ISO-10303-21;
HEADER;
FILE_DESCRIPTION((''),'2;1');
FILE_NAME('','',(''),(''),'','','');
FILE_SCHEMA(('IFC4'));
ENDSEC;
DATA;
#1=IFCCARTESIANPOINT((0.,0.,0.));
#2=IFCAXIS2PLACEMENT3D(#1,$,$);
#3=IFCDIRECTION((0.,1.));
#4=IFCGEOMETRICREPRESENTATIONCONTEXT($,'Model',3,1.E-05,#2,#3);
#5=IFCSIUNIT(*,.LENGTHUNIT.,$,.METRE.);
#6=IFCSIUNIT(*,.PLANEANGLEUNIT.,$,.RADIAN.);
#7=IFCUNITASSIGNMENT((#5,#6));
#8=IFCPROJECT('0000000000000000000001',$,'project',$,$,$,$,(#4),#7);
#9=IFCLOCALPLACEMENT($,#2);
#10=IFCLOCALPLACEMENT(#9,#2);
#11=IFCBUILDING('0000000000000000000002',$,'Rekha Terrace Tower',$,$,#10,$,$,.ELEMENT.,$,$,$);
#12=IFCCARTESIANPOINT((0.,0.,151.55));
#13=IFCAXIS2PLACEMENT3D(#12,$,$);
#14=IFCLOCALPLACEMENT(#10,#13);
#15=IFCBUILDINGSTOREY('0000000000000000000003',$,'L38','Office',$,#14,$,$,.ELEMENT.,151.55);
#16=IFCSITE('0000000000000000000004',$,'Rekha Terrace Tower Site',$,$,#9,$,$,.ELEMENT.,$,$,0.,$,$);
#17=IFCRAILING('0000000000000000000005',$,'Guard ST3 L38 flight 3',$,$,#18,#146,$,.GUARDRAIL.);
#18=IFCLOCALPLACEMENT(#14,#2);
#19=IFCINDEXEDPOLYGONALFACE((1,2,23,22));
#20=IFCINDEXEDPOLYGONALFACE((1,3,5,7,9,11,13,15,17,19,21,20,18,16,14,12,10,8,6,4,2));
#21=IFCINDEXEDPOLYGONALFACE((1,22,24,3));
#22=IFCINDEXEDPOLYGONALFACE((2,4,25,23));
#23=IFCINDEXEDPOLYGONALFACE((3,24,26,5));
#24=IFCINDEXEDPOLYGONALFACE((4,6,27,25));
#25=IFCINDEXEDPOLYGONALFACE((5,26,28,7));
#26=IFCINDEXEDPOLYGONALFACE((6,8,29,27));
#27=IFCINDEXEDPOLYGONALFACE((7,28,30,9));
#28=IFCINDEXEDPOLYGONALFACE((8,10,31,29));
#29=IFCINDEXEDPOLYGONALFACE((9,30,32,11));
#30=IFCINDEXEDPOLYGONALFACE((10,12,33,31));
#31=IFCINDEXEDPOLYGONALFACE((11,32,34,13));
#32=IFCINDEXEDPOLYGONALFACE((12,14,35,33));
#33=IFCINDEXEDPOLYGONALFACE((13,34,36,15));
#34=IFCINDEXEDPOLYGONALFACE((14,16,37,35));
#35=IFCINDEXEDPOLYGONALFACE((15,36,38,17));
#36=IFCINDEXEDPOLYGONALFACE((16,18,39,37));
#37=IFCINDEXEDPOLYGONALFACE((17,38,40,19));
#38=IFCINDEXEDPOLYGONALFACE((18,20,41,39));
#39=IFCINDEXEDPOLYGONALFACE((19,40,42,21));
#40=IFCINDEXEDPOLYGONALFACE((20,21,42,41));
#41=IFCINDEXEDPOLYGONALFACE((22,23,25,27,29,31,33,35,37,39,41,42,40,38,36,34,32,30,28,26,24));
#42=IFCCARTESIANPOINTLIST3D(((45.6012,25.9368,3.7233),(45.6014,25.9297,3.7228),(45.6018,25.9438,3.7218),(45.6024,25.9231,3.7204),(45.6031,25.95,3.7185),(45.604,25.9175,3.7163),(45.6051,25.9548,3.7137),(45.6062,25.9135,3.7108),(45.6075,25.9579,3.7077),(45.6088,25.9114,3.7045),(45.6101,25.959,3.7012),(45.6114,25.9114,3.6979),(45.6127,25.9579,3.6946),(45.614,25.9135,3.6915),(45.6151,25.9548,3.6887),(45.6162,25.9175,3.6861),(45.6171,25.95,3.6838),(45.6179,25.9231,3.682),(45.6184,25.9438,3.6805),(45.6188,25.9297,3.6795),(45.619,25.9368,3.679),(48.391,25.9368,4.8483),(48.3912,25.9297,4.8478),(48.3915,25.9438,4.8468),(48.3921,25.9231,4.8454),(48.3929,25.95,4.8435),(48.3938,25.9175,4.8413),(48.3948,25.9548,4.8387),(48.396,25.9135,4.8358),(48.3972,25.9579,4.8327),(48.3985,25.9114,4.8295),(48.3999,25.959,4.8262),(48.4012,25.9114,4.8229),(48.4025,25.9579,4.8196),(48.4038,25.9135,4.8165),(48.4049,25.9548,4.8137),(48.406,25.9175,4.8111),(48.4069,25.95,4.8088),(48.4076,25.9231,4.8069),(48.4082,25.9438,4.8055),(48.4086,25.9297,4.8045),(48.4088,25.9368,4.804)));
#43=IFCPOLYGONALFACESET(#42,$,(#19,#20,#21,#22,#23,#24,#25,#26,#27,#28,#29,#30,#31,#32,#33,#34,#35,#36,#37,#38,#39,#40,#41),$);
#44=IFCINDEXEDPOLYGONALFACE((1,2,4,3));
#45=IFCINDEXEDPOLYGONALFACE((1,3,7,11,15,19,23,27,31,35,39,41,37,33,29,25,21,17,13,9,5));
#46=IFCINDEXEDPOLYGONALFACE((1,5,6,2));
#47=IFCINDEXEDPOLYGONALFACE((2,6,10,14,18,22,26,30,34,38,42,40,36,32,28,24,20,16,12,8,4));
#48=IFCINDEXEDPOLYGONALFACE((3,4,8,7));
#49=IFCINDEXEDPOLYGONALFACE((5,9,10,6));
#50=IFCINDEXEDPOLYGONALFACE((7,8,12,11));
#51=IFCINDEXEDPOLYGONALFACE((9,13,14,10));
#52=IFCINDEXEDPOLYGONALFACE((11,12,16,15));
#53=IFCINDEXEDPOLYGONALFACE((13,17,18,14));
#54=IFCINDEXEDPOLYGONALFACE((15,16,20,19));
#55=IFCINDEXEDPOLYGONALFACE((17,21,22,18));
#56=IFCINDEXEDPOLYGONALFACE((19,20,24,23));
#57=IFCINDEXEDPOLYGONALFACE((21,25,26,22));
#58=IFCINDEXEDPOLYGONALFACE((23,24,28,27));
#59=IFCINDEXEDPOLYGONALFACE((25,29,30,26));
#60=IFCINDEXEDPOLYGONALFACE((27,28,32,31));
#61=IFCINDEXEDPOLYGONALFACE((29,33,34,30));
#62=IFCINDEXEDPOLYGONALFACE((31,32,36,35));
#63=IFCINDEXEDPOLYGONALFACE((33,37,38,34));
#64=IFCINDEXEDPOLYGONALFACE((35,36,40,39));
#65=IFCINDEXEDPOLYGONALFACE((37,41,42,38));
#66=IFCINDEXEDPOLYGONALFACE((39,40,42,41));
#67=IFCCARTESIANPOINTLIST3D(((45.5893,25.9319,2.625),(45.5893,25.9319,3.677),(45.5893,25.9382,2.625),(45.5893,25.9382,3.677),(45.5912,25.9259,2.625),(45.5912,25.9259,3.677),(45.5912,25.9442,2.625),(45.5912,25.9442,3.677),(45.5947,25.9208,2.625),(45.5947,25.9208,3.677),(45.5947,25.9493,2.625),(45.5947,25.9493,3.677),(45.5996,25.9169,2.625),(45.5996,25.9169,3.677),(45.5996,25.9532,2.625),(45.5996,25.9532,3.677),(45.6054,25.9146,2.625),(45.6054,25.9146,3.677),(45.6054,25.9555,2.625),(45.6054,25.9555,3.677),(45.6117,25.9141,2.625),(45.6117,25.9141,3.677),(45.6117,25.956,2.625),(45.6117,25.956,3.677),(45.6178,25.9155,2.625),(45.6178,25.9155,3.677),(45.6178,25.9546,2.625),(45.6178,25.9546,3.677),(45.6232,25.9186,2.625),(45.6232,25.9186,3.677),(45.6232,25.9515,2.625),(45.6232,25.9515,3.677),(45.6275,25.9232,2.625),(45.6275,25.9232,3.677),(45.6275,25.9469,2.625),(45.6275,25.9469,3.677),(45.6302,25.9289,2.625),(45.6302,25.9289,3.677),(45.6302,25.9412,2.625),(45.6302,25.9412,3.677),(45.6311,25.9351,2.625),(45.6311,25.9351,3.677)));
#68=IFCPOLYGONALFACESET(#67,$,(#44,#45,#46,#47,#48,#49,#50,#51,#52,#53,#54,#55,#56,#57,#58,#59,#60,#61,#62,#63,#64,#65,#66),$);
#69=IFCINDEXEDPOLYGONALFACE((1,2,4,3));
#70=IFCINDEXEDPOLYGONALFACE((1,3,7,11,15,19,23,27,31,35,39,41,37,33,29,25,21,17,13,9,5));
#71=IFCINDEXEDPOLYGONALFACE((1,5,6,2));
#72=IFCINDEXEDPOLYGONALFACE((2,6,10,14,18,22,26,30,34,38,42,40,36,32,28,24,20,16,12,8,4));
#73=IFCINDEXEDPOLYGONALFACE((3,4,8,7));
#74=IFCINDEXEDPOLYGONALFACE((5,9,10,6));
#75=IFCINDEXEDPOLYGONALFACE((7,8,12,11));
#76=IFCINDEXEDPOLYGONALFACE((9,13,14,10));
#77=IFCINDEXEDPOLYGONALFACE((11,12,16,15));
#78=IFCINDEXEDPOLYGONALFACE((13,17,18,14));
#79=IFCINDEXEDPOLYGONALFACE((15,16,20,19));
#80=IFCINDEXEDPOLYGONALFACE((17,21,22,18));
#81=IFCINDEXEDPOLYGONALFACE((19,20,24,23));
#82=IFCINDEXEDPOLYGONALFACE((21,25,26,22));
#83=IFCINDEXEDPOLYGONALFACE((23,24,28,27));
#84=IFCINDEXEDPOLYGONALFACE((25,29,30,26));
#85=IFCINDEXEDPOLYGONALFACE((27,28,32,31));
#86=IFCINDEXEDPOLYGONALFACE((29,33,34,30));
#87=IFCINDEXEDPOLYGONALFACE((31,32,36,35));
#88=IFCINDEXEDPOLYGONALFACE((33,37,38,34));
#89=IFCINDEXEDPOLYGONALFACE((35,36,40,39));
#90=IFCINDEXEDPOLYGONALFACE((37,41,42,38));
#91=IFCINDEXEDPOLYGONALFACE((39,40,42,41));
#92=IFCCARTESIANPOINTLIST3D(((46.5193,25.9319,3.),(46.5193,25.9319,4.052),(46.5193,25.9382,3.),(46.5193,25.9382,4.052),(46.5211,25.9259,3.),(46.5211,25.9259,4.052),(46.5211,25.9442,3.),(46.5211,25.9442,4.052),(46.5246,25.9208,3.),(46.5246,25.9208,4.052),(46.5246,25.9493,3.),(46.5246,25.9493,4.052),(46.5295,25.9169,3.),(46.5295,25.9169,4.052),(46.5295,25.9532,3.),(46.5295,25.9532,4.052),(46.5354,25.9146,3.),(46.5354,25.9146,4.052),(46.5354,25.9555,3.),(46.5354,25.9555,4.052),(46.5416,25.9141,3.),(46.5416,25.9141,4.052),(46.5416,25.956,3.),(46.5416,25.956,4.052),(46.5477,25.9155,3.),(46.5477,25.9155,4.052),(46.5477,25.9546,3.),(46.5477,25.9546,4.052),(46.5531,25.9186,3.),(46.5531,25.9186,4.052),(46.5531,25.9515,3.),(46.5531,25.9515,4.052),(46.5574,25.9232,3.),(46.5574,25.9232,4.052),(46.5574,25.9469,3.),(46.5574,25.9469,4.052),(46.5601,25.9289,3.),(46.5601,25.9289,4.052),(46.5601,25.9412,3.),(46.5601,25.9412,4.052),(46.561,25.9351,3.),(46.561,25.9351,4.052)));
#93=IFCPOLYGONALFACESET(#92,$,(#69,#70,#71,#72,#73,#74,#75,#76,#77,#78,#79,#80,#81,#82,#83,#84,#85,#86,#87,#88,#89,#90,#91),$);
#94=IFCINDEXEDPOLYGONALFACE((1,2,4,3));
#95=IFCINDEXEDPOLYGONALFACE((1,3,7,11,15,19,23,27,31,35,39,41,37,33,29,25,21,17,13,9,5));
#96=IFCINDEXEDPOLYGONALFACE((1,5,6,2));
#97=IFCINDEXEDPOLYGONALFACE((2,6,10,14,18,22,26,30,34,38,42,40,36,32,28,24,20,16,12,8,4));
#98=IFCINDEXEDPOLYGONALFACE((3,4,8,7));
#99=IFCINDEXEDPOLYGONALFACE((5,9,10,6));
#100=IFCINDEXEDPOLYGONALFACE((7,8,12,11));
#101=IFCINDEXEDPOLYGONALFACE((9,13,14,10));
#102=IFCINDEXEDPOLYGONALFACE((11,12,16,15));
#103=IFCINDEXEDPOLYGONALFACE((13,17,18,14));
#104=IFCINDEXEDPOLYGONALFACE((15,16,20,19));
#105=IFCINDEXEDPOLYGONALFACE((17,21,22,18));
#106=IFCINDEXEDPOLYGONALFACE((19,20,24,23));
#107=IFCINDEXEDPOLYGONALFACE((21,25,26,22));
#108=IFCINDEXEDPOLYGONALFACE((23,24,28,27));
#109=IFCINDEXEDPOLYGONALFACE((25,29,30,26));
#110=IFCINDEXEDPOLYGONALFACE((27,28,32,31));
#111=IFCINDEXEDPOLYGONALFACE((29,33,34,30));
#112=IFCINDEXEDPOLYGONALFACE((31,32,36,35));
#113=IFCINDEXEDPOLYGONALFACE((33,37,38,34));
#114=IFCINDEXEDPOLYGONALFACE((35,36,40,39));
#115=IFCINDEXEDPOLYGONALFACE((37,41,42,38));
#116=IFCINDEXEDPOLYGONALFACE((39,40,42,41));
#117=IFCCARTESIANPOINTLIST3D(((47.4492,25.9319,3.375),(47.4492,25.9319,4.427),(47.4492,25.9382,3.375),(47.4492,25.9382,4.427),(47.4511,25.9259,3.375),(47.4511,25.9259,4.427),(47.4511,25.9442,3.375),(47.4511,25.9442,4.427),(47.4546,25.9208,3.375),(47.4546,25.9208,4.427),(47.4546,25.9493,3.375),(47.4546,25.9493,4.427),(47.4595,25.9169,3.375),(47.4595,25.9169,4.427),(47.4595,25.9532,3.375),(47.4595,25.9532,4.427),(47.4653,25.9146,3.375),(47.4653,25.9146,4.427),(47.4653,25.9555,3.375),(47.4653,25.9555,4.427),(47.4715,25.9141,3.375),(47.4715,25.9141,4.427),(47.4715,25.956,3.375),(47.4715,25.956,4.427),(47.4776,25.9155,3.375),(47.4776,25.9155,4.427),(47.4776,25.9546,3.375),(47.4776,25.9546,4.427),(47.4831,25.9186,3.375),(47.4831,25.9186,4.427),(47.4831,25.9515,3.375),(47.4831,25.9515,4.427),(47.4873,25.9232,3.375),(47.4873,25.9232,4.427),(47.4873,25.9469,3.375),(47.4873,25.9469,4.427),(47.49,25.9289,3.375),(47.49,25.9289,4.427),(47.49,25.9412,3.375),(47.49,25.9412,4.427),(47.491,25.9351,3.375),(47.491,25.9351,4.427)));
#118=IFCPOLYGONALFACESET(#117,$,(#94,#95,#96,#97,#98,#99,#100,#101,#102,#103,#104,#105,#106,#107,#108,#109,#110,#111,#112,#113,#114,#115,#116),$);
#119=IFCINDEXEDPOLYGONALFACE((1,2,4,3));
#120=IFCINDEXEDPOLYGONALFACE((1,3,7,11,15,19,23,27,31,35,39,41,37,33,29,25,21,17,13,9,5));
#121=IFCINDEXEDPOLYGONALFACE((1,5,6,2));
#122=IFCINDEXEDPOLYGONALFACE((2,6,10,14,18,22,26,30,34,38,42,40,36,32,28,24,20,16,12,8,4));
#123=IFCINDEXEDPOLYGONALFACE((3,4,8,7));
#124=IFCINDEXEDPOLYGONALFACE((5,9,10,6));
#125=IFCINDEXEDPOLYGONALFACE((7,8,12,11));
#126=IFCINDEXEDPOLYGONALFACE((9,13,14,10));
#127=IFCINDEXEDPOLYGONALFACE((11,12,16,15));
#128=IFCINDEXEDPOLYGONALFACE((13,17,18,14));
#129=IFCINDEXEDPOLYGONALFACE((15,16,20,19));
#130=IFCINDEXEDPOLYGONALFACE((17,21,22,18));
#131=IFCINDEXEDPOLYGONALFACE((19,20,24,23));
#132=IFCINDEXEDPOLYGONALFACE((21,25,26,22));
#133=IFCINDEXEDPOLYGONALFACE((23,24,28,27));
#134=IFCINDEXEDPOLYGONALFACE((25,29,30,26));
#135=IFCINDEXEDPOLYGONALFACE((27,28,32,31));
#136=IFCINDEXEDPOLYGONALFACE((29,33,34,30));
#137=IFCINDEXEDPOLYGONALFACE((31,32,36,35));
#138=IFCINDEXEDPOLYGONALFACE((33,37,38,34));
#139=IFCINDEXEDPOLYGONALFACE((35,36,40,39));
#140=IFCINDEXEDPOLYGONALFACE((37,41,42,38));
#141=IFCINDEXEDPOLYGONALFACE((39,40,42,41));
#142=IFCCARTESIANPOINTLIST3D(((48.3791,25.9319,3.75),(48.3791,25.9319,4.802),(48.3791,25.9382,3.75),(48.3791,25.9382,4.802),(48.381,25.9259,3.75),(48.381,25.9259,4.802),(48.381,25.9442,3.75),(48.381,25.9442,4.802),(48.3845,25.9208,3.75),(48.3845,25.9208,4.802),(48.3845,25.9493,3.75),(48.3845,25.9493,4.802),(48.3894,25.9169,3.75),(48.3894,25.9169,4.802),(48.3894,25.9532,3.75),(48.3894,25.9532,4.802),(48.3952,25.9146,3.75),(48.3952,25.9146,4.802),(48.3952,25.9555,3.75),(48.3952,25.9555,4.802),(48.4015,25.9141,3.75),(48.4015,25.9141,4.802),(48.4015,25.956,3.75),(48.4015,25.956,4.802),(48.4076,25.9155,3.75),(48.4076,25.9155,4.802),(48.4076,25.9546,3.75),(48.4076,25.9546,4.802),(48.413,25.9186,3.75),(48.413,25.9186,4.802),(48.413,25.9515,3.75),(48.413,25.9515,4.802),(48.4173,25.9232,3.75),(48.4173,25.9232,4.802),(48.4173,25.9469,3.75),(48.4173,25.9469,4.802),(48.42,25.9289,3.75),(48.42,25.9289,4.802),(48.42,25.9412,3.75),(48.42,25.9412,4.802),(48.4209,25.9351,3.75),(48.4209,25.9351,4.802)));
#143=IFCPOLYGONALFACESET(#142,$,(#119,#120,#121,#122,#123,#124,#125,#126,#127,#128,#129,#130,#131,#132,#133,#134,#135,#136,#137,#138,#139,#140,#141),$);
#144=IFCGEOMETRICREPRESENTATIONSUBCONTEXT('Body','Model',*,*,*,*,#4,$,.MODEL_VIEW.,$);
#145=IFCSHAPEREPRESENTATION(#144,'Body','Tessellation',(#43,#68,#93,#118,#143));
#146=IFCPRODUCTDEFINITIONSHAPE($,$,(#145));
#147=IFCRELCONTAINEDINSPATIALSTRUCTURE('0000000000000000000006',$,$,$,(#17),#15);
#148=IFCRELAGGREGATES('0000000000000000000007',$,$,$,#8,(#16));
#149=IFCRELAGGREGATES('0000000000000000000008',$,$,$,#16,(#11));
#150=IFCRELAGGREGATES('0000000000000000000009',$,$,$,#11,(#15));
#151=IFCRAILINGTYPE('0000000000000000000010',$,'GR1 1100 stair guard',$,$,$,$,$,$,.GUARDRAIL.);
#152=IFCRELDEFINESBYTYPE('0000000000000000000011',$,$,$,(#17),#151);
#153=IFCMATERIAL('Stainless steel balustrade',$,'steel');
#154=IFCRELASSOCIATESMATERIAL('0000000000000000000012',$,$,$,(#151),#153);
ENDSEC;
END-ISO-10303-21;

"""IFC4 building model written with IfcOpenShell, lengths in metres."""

from ifc_helpers import new_model, si_unit, direction, frame, origin, origin_2d, place, context, subcontext, project, spatial, circle, extrude, material, type_object, element, save


model = new_model("IFC4")

# Units and contexts
model_context = context("Model", 3, precision=1e-05, world=origin(), true_north=direction((0.0, 1.0)))
body_context = subcontext(model_context, "Body", "Model", "MODEL_VIEW")
ifc_project = project(units=[si_unit("LENGTHUNIT", "METRE"), si_unit("PLANEANGLEUNIT", "RADIAN")], contexts=[model_context])

# Site, building, storey
site_placement = place(None, origin())
site = spatial("IfcSite", under=ifc_project, at=site_placement, Name="Rekha Terrace Tower Site", CompositionType="ELEMENT", RefElevation=0.0)
building_placement = place(site_placement, origin())
building = spatial("IfcBuilding", under=site, at=building_placement, Name="Rekha Terrace Tower", CompositionType="ELEMENT")
storey_placement = place(building_placement, frame((0.0, 0.0, 151.55)))
storey = spatial("IfcBuildingStorey", under=building, at=storey_placement, Name="L38", Description="Office", CompositionType="ELEMENT", Elevation=151.55)

# Railing
ifc_material_1 = material(Name="Stainless steel balustrade", Category="steel")
railing_type_1 = type_object("IfcRailingType", Name="GR1 1100 stair guard", PredefinedType="GUARDRAIL", material=ifc_material_1)
railing_1_placement = place(storey_placement, frame((45.6101, 25.9351, 2.625)))
element("IfcRailing", 1, at=railing_1_placement, inside=storey, type_object=railing_type_1, Name="Guard ST3 L38 flight 3", PredefinedType="GUARDRAIL", context=body_context, shape_type="SweptSolid", body=[
    extrude(circle(Radius=0.0239, at=origin_2d()), frame((0.0, 0.0, 1.0762), z_axis=(0.927432, 0.0, 0.373992), x_axis=(0.0, 1.0, 0.0)), (0.0, 0.0, 1.0), 3.0081),
    extrude(circle(Radius=0.021, at=origin_2d()), origin(), (0.0, 0.0, 1.0), 1.052),
    extrude(circle(Radius=0.021, at=origin_2d()), frame((0.9299, 0.0, 0.375)), (0.0, 0.0, 1.0), 1.052),
    extrude(circle(Radius=0.021, at=origin_2d()), frame((1.8599, 0.0, 0.75)), (0.0, 0.0, 1.0), 1.052),
    extrude(circle(Radius=0.021, at=origin_2d()), frame((2.7898, 0.0, 1.125)), (0.0, 0.0, 1.0), 1.052),
])

save(model, "model.ifc")
